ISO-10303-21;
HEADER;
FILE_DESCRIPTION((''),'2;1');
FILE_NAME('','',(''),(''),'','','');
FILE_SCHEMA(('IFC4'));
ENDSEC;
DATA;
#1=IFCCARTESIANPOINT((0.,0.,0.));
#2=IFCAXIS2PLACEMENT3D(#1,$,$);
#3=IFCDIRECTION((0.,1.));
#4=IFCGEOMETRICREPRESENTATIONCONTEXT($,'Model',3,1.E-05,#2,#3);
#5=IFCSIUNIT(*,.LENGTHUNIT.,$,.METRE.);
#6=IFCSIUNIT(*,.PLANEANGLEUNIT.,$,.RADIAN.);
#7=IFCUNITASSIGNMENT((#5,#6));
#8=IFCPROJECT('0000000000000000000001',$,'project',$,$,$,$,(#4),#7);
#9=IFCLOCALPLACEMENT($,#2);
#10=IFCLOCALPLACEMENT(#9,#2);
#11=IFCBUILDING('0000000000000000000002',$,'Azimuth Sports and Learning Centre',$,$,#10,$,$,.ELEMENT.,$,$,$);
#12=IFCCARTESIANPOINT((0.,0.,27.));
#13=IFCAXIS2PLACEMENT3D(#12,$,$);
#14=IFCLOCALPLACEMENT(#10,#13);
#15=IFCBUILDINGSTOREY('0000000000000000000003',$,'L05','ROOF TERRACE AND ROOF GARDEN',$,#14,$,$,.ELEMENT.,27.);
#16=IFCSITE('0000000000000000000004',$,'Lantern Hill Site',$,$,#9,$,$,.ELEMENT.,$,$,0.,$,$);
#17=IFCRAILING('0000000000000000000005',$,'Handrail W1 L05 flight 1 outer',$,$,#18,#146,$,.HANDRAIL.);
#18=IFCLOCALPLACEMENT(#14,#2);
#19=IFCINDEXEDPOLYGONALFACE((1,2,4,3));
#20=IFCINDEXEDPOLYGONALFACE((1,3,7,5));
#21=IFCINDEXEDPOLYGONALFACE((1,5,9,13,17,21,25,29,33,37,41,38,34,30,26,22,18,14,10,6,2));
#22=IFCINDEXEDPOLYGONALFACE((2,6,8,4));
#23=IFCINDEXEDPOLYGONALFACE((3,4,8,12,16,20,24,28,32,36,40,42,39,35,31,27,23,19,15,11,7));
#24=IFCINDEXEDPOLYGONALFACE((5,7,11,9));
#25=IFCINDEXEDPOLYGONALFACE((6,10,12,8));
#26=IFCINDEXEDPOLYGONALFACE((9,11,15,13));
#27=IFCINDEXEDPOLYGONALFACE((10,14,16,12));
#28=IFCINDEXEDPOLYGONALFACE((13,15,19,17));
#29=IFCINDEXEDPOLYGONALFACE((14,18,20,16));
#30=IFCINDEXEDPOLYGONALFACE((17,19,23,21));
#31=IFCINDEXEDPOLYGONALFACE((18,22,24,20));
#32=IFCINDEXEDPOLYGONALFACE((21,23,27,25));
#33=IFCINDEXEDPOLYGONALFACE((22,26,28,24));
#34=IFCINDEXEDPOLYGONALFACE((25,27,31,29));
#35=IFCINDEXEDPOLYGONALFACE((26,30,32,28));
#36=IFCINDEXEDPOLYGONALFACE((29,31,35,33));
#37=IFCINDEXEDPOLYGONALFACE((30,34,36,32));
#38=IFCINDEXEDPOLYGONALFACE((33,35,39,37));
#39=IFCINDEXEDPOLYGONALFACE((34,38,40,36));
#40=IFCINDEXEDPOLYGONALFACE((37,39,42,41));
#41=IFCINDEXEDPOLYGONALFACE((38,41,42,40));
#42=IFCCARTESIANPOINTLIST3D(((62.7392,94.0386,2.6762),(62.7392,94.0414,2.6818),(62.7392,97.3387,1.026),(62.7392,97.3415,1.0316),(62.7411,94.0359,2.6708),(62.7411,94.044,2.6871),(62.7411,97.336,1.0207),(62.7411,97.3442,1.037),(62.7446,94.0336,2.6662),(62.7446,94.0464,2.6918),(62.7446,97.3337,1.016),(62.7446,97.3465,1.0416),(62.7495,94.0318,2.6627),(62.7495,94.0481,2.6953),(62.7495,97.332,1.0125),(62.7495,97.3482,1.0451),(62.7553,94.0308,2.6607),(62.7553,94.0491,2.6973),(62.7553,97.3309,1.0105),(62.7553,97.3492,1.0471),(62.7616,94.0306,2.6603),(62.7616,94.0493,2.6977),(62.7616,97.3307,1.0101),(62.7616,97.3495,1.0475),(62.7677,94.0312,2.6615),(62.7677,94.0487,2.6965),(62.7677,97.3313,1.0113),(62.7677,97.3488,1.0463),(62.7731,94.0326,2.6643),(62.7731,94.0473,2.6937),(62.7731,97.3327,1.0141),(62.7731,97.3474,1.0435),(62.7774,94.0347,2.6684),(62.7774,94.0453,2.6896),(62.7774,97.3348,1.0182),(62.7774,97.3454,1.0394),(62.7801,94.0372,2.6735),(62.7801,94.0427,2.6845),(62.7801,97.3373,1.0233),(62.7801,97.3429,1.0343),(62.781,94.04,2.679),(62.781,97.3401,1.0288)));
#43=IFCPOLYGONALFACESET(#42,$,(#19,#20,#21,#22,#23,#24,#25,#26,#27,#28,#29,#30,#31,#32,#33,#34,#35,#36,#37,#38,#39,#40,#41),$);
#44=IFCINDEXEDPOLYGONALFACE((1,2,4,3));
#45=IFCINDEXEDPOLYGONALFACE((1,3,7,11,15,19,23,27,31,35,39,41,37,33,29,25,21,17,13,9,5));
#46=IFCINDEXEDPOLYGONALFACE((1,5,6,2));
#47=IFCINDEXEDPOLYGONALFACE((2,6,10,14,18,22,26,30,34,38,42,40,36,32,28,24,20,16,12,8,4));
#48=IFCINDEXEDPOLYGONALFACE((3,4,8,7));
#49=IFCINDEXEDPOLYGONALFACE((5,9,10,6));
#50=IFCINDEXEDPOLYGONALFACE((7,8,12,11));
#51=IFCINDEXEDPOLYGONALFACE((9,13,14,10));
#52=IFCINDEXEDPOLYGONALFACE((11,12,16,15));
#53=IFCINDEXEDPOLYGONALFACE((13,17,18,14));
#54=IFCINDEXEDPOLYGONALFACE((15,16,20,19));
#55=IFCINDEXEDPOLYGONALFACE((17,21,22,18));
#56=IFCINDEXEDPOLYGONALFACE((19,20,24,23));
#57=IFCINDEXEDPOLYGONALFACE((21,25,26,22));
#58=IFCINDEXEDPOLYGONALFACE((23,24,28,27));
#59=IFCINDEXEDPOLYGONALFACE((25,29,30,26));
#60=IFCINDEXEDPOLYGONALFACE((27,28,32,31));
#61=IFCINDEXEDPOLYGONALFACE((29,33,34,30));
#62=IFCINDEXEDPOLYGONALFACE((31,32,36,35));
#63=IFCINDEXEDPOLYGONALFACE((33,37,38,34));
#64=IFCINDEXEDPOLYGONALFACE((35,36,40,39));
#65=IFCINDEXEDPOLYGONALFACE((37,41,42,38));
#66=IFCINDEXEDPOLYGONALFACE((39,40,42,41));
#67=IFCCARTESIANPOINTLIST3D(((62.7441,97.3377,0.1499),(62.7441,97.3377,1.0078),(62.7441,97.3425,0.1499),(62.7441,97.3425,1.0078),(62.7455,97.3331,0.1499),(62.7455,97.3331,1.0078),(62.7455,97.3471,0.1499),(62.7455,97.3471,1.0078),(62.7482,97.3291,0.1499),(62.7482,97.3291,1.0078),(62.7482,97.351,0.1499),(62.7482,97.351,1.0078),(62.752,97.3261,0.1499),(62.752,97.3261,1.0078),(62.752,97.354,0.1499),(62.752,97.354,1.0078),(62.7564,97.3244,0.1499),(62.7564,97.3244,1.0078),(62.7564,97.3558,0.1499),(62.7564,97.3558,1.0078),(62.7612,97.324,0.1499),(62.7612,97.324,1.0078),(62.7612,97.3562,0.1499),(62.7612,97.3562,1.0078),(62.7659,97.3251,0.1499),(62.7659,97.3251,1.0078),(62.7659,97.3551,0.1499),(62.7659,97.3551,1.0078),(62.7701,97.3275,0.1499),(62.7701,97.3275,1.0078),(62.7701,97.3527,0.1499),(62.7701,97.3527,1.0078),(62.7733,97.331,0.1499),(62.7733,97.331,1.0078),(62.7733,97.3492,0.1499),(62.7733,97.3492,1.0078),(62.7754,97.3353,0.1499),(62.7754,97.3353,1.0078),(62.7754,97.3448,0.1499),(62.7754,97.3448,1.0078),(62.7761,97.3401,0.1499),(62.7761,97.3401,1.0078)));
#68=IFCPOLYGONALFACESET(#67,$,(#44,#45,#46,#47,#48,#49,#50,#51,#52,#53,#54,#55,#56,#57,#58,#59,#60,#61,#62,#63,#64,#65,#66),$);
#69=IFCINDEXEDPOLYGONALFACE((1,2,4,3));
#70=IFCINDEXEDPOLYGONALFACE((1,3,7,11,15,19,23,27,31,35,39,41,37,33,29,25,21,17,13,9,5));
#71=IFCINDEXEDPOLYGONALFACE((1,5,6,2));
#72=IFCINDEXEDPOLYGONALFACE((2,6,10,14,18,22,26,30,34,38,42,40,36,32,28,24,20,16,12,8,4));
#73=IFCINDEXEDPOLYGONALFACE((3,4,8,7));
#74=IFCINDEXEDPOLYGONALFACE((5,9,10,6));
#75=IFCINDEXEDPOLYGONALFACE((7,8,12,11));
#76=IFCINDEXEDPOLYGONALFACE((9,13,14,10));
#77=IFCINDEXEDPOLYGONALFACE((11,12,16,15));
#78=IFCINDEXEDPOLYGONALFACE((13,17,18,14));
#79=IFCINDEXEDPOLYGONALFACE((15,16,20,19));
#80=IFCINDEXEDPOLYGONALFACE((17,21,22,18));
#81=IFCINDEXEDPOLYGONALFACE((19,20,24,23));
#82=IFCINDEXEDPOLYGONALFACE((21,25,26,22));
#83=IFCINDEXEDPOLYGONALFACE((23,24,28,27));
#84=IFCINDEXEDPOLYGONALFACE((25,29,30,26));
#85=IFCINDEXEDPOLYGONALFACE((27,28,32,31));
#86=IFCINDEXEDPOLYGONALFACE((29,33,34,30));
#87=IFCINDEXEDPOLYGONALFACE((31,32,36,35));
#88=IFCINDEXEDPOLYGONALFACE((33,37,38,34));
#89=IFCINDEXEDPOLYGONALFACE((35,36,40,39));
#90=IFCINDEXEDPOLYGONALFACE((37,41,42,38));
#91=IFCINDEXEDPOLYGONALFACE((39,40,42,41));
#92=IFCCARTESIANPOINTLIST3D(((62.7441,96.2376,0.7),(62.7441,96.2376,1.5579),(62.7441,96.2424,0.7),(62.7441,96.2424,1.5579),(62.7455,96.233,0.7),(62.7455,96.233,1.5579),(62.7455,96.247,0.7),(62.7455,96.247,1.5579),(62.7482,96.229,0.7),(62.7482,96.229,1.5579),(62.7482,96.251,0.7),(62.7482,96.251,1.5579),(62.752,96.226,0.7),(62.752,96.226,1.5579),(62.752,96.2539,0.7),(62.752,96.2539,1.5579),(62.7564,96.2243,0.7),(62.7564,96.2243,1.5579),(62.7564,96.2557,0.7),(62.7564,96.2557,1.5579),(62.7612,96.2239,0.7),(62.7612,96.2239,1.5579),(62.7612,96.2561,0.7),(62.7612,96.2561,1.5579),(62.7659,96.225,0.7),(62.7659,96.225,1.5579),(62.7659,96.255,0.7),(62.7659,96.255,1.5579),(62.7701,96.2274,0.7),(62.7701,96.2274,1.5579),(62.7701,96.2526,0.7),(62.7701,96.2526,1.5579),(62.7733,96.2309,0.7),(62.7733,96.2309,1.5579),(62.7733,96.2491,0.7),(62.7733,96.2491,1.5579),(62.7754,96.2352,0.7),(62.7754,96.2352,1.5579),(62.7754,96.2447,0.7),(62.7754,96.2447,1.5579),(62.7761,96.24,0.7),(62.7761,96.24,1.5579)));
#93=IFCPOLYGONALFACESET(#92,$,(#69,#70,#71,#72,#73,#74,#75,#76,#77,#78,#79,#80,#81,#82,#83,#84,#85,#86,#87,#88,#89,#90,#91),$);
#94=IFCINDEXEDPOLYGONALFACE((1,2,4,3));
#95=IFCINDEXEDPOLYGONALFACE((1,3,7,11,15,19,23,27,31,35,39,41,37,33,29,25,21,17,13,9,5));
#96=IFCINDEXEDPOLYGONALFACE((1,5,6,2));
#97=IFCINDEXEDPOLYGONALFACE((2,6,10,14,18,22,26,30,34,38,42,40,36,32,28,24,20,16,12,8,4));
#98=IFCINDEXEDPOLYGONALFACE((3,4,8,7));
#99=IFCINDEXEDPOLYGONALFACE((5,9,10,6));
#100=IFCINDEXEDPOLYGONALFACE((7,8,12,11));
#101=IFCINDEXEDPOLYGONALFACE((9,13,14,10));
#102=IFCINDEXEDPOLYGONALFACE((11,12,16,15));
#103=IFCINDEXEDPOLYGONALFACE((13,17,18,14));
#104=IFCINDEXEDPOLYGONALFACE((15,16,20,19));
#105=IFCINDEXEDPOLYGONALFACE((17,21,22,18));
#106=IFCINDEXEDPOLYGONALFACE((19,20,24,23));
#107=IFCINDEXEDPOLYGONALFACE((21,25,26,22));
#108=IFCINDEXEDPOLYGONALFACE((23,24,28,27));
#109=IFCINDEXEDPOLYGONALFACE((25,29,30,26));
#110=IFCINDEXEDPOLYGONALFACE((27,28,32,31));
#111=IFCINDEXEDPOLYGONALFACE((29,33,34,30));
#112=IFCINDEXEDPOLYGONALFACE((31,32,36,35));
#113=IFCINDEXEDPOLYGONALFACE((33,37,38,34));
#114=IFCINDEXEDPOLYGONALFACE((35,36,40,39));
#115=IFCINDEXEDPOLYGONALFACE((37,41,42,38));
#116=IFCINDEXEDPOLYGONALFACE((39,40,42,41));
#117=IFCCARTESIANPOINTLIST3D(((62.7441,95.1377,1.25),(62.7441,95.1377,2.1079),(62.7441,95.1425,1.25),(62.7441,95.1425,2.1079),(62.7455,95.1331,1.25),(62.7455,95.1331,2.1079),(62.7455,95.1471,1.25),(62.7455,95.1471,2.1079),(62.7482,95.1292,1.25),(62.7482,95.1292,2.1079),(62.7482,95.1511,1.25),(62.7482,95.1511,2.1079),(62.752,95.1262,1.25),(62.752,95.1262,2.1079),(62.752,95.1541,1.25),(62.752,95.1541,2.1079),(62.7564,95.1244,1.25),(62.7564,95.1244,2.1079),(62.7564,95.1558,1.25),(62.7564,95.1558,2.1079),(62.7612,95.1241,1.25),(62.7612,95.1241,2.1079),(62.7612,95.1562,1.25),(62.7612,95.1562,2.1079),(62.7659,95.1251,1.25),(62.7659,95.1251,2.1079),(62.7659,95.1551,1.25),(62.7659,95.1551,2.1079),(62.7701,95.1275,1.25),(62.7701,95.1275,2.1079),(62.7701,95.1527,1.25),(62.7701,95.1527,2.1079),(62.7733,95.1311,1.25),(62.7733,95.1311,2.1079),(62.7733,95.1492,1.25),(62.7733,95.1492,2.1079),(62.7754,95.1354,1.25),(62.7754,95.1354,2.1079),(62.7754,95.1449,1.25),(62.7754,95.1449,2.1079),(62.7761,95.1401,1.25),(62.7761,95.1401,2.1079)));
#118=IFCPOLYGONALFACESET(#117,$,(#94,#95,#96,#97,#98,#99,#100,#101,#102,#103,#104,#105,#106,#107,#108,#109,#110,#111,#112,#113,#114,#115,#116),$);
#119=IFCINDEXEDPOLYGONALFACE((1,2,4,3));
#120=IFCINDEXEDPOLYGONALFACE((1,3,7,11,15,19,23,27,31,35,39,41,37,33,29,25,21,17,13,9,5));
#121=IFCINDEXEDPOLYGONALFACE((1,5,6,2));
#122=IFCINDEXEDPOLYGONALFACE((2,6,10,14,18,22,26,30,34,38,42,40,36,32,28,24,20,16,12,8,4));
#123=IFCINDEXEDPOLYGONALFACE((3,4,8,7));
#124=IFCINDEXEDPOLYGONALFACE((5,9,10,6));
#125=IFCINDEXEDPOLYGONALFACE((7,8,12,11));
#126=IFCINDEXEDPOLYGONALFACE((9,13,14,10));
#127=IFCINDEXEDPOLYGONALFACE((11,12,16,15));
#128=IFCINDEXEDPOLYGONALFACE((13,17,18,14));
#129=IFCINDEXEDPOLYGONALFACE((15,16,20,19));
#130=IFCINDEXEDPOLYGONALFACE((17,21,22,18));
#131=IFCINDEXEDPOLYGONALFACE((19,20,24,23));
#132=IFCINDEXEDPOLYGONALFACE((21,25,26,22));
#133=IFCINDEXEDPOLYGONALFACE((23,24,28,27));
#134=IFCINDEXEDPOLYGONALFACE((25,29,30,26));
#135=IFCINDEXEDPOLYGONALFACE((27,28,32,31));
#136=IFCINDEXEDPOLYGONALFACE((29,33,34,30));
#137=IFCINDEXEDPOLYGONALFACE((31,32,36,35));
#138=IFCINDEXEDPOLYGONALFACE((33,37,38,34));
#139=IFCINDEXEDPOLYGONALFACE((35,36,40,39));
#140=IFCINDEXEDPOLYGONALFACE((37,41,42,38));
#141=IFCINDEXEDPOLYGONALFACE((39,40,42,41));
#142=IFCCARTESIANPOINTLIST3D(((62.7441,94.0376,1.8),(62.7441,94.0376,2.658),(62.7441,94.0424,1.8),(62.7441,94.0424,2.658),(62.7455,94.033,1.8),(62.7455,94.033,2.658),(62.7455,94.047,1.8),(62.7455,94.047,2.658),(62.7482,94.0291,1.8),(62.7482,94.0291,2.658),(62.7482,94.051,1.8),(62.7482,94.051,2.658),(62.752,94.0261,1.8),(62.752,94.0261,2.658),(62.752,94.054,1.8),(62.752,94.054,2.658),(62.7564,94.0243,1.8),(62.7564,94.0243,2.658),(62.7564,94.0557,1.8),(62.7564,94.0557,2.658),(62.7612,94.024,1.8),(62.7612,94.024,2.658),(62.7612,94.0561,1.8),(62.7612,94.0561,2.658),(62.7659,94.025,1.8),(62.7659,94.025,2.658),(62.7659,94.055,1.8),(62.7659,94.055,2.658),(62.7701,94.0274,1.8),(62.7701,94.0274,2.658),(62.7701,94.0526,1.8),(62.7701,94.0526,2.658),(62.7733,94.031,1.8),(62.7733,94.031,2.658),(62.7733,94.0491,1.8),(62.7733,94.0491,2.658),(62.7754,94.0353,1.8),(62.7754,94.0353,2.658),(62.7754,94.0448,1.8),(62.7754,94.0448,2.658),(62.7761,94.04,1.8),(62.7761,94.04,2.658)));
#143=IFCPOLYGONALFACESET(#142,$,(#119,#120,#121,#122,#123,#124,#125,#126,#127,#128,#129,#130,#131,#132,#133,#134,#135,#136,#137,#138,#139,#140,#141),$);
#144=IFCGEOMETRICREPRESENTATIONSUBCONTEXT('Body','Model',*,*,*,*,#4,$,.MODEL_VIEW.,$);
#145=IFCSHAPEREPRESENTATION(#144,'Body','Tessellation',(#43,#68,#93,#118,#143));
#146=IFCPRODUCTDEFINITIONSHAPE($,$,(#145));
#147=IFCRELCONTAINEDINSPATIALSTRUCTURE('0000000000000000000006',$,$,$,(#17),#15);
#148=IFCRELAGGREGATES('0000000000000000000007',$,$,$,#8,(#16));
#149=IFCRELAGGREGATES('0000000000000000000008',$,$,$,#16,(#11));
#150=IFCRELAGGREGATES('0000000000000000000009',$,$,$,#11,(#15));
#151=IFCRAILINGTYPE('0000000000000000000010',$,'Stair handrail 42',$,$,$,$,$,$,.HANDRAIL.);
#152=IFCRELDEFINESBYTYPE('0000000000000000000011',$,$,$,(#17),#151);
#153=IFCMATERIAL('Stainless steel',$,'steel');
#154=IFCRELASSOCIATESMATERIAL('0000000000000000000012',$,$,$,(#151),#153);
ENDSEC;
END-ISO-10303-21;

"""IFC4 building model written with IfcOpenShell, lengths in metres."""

from ifc_helpers import new_model, si_unit, direction, frame, origin, origin_2d, place, context, subcontext, project, spatial, circle, extrude, material, type_object, element, save


model = new_model("IFC4")

# Units and contexts
model_context = context("Model", 3, precision=1e-05, world=origin(), true_north=direction((0.0, 1.0)))
body_context = subcontext(model_context, "Body", "Model", "MODEL_VIEW")
ifc_project = project(units=[si_unit("LENGTHUNIT", "METRE"), si_unit("PLANEANGLEUNIT", "RADIAN")], contexts=[model_context])

# Site, building, storey
site_placement = place(None, origin())
site = spatial("IfcSite", under=ifc_project, at=site_placement, Name="Lantern Hill Site", CompositionType="ELEMENT", RefElevation=0.0)
building_placement = place(site_placement, origin())
building = spatial("IfcBuilding", under=site, at=building_placement, Name="Azimuth Sports and Learning Centre", CompositionType="ELEMENT")
storey_placement = place(building_placement, frame((0.0, 0.0, 27.0)))
storey = spatial("IfcBuildingStorey", under=building, at=storey_placement, Name="L05", Description="ROOF TERRACE AND ROOF GARDEN", CompositionType="ELEMENT", Elevation=27.0)

# Railing
ifc_material_1 = material(Name="Stainless steel", Category="steel")
railing_type = type_object("IfcRailingType", Name="Stair handrail 42", PredefinedType="HANDRAIL", material=ifc_material_1)
railing_placement = place(storey_placement, frame((62.76, 97.3401, 0.1499)))
element("IfcRailing", 1, at=railing_placement, inside=storey, type_object=railing_type, Name="Handrail W1 L05 flight 1 outer", PredefinedType="HANDRAIL", context=body_context, shape_type="SweptSolid", body=[
    extrude(circle(Radius=0.021, at=origin_2d()), frame((0.0, 0.0, 0.8789), z_axis=(0.0, -0.894414, 0.44724), x_axis=(1.0, 0.0, 0.0)), (0.0, 0.0, 1.0), 3.6897),
    extrude(circle(Radius=0.0161, at=origin_2d()), origin(), (0.0, 0.0, 1.0), 0.8579),
    extrude(circle(Radius=0.0161, at=origin_2d()), frame((0.0, -1.1001, 0.55)), (0.0, 0.0, 1.0), 0.8579),
    extrude(circle(Radius=0.0161, at=origin_2d()), frame((0.0, -2.2, 1.1001)), (0.0, 0.0, 1.0), 0.8579),
    extrude(circle(Radius=0.0161, at=origin_2d()), frame((0.0, -3.3, 1.6501)), (0.0, 0.0, 1.0), 0.8579),
])

save(model, "model.ifc")
